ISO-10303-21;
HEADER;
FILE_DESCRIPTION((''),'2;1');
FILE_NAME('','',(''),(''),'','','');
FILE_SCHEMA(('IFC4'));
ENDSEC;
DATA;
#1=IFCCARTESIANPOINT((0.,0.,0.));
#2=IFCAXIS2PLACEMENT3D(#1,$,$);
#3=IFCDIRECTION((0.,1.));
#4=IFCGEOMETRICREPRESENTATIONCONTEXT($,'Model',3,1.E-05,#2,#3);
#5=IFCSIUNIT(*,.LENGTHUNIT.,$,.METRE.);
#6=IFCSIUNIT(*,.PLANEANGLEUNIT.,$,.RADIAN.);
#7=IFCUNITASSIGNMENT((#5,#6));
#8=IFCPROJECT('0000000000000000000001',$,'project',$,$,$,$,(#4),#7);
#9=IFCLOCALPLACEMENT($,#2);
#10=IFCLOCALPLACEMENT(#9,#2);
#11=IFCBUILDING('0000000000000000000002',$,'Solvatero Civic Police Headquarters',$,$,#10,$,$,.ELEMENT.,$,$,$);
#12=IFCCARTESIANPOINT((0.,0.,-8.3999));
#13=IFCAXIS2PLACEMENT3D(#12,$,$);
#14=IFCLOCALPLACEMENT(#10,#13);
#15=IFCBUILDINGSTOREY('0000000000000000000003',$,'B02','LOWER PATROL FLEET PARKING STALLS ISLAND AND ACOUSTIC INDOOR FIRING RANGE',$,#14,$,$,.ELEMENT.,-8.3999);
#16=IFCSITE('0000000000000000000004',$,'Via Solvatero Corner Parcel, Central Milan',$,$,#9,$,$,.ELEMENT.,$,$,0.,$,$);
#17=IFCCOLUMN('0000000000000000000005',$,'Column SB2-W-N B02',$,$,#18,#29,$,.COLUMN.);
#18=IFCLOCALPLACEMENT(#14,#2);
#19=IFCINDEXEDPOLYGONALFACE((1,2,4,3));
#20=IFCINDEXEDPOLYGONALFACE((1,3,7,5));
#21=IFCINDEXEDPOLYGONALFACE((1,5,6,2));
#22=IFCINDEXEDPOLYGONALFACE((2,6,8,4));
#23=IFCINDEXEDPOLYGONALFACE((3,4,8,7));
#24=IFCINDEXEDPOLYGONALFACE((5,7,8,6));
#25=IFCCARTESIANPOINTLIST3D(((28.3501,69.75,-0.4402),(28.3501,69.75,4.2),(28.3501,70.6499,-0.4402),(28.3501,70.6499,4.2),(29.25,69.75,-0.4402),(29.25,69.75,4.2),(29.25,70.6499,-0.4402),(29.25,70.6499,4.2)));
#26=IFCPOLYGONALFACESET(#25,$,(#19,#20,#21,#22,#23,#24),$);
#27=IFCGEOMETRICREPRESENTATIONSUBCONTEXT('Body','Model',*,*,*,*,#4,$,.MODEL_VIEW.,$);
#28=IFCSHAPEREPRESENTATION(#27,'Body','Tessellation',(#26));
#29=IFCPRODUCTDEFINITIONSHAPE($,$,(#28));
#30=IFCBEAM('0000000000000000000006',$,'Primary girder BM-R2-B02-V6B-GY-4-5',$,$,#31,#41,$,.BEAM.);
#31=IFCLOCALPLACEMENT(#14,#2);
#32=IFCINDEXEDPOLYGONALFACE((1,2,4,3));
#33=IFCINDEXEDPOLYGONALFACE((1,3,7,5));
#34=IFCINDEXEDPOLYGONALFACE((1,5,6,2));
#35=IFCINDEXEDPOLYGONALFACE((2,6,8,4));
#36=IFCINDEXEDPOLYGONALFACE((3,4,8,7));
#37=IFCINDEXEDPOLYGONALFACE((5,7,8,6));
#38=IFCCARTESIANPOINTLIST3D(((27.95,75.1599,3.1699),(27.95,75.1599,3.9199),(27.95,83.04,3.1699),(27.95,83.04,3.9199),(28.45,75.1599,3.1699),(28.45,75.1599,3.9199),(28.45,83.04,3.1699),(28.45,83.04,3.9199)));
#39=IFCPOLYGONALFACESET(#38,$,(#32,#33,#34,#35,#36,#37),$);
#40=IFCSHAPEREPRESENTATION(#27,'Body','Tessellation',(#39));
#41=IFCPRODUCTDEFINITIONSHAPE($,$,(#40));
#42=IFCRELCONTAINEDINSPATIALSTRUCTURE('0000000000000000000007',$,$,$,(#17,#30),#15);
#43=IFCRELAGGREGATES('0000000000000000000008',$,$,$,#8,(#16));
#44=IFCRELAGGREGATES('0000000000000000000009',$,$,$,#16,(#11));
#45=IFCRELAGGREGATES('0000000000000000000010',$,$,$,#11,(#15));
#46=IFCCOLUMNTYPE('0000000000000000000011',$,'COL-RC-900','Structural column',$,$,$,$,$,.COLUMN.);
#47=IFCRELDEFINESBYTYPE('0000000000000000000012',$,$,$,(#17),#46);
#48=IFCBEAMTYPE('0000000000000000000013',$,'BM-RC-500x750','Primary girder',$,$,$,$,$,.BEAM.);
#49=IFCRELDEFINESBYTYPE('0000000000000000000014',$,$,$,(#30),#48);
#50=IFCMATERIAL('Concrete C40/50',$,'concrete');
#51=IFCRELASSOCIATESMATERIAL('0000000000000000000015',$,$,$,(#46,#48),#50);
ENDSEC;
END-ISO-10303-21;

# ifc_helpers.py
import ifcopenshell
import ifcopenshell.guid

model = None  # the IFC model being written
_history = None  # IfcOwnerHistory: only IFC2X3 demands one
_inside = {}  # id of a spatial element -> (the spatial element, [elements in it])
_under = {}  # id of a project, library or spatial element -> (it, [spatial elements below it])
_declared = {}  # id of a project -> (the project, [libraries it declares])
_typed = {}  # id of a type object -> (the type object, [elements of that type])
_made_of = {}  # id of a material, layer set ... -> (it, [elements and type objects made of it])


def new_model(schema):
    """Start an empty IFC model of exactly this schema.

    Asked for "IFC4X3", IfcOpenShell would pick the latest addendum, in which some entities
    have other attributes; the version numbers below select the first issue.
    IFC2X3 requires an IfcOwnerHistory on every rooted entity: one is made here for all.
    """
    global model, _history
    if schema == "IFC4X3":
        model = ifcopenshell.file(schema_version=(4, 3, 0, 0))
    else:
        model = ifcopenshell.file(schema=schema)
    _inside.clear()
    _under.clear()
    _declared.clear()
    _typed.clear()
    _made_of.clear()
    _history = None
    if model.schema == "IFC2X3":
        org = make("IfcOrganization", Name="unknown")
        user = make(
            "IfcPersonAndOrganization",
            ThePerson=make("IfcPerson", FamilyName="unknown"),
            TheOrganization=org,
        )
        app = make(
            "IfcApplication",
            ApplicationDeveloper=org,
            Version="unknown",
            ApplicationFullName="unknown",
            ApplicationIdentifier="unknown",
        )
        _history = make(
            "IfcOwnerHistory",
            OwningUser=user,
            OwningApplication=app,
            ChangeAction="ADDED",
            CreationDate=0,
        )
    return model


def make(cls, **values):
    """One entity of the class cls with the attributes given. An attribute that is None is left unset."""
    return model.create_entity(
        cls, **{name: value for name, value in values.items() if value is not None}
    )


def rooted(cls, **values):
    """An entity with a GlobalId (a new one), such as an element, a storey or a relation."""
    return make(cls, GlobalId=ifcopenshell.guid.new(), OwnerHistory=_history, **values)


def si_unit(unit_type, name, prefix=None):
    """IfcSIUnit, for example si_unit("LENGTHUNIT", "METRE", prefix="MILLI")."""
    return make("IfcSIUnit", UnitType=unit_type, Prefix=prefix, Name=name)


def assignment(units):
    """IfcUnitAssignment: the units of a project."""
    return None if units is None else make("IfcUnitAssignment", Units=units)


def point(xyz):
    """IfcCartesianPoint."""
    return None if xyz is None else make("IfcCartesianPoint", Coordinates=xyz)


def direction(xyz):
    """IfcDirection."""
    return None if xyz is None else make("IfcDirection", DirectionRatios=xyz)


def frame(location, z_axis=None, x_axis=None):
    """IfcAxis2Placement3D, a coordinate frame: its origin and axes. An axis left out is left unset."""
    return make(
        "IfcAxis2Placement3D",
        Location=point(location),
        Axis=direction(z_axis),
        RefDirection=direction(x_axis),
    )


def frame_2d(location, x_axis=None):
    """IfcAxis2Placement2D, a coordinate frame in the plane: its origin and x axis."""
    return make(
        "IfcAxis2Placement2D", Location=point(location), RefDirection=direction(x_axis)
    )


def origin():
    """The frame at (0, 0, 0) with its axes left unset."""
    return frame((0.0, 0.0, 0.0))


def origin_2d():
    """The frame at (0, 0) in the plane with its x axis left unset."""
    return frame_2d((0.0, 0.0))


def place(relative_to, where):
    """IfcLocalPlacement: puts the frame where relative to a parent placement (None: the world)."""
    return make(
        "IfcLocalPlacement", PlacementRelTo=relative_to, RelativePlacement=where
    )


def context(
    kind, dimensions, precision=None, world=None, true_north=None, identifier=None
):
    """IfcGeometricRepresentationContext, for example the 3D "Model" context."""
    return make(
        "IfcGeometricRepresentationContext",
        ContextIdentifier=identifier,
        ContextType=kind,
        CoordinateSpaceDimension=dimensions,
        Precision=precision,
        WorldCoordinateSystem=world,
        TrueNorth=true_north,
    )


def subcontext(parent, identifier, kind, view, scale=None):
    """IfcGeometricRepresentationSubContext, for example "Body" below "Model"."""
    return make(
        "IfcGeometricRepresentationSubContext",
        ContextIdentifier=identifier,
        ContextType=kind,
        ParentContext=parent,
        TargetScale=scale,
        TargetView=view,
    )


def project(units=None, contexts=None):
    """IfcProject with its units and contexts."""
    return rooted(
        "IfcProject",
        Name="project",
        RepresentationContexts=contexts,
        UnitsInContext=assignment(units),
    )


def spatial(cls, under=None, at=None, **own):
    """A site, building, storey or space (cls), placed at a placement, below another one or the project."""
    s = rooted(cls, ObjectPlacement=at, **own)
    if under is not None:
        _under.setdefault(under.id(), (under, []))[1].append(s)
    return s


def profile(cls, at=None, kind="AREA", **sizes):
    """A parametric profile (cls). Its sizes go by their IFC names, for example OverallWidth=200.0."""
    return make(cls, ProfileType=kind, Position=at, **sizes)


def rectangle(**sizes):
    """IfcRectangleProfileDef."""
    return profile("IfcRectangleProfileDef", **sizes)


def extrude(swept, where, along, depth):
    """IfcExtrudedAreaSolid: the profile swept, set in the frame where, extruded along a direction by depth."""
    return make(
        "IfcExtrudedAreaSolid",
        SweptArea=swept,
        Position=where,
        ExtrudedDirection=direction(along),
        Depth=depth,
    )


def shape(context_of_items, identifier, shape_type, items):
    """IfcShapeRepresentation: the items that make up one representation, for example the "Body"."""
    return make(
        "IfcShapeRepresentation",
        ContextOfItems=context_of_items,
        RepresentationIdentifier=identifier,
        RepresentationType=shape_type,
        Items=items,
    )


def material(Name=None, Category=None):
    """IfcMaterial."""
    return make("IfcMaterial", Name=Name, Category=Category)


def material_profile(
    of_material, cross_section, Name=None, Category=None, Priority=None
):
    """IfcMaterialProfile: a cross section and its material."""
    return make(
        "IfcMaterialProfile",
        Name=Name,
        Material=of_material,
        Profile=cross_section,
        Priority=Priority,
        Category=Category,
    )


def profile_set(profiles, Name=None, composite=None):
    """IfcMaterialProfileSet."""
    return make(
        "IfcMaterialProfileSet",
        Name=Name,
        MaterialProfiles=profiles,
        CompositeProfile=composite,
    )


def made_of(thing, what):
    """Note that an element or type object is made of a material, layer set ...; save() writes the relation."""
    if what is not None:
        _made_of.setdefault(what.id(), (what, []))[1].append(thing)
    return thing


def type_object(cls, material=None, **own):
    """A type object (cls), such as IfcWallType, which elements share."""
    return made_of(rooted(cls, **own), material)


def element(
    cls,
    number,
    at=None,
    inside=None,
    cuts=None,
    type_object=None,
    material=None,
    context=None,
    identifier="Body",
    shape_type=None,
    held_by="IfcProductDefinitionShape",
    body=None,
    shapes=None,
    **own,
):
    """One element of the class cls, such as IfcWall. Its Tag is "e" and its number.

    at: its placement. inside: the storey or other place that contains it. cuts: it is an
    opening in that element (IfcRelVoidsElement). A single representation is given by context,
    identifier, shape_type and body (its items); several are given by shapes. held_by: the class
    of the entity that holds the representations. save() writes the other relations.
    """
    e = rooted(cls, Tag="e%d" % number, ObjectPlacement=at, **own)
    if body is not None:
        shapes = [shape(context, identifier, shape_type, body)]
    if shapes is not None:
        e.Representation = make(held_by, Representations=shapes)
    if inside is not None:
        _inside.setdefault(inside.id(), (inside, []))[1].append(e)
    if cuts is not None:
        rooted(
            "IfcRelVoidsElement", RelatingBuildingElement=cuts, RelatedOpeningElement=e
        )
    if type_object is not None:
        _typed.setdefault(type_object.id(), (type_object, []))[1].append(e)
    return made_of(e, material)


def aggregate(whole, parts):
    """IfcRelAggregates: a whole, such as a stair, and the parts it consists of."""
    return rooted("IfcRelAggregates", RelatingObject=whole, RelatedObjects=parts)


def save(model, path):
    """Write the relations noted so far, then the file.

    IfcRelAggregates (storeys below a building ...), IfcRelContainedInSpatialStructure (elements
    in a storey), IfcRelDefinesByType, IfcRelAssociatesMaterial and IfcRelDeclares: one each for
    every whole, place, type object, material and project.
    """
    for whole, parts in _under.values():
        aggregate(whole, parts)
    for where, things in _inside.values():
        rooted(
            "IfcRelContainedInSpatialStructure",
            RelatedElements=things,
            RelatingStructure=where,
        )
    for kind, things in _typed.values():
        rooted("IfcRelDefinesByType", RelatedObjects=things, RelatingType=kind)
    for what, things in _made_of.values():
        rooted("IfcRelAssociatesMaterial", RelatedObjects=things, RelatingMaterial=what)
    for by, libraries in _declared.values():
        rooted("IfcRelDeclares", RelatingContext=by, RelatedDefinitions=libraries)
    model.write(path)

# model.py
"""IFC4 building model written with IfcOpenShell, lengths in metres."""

from ifc_helpers import new_model, si_unit, direction, frame, origin, origin_2d, place, context, subcontext, project, spatial, rectangle, extrude, material, material_profile, profile_set, type_object, element, save


model = new_model("IFC4")

# Units and contexts
model_context = context("Model", 3, precision=1e-05, world=origin(), true_north=direction((0.0, 1.0)))
body_context = subcontext(model_context, "Body", "Model", "MODEL_VIEW")
ifc_project = project(units=[si_unit("LENGTHUNIT", "METRE"), si_unit("PLANEANGLEUNIT", "RADIAN")], contexts=[model_context])

# Site, building, storey
site_placement = place(None, origin())
site = spatial("IfcSite", under=ifc_project, at=site_placement, Name="Via Solvatero Corner Parcel, Central Milan", CompositionType="ELEMENT", RefElevation=0.0)
building_placement = place(site_placement, origin())
building = spatial("IfcBuilding", under=site, at=building_placement, Name="Solvatero Civic Police Headquarters", CompositionType="ELEMENT")
storey_placement = place(building_placement, frame((0.0, 0.0, -8.3999)))
storey = spatial("IfcBuildingStorey", under=building, at=storey_placement, Name="B02", Description="LOWER PATROL FLEET PARKING STALLS ISLAND AND ACOUSTIC INDOOR FIRING RANGE", CompositionType="ELEMENT", Elevation=-8.3999)

# Column
ifc_material_1 = material(Name="Concrete C40/50", Category="concrete")
ifc_material_profile_1 = material_profile(ifc_material_1, rectangle(XDim=0.8999, YDim=0.8999, at=origin_2d()), Name="RC 900x900")
ifc_profile_set_1 = profile_set([ifc_material_profile_1], Name="Concrete C40/50")
column_type_1 = type_object("IfcColumnType", Name="COL-RC-900", Description="Structural column", PredefinedType="COLUMN", material=ifc_profile_set_1)
column_1_placement = place(storey_placement, frame((28.8, 70.2, -0.4402), z_axis=(0.0, 0.0, 1.0), x_axis=(1.0, 0.0, 0.0)))
element("IfcColumn", 1, at=column_1_placement, inside=storey, type_object=column_type_1, Name="Column SB2-W-N B02", PredefinedType="COLUMN", context=body_context, shape_type="SweptSolid", body=[
    extrude(rectangle(XDim=0.8999, YDim=0.8999, at=origin_2d()), origin(), (0.0, 0.0, 1.0), 4.6401),
])

# Beam
ifc_material_profile_2 = material_profile(ifc_material_1, rectangle(XDim=0.5, YDim=0.75, at=origin_2d()), Name="RC 500x750")
ifc_profile_set_2 = profile_set([ifc_material_profile_2], Name="Concrete C40/50")
beam_type = type_object("IfcBeamType", Name="BM-RC-500x750", Description="Primary girder", PredefinedType="BEAM", material=ifc_profile_set_2)
beam_placement = place(storey_placement, frame((28.2, 75.1599, 3.5449), z_axis=(0.0, 1.0, 0.0), x_axis=(-1.0, 0.0, 0.0)))
element("IfcBeam", 2, at=beam_placement, inside=storey, type_object=beam_type, Name="Primary girder BM-R2-B02-V6B-GY-4-5", PredefinedType="BEAM", context=body_context, shape_type="SweptSolid", body=[
    extrude(rectangle(XDim=0.5, YDim=0.75, at=origin_2d()), origin(), (0.0, 0.0, 1.0), 7.8801),
])

save(model, "model.ifc")
